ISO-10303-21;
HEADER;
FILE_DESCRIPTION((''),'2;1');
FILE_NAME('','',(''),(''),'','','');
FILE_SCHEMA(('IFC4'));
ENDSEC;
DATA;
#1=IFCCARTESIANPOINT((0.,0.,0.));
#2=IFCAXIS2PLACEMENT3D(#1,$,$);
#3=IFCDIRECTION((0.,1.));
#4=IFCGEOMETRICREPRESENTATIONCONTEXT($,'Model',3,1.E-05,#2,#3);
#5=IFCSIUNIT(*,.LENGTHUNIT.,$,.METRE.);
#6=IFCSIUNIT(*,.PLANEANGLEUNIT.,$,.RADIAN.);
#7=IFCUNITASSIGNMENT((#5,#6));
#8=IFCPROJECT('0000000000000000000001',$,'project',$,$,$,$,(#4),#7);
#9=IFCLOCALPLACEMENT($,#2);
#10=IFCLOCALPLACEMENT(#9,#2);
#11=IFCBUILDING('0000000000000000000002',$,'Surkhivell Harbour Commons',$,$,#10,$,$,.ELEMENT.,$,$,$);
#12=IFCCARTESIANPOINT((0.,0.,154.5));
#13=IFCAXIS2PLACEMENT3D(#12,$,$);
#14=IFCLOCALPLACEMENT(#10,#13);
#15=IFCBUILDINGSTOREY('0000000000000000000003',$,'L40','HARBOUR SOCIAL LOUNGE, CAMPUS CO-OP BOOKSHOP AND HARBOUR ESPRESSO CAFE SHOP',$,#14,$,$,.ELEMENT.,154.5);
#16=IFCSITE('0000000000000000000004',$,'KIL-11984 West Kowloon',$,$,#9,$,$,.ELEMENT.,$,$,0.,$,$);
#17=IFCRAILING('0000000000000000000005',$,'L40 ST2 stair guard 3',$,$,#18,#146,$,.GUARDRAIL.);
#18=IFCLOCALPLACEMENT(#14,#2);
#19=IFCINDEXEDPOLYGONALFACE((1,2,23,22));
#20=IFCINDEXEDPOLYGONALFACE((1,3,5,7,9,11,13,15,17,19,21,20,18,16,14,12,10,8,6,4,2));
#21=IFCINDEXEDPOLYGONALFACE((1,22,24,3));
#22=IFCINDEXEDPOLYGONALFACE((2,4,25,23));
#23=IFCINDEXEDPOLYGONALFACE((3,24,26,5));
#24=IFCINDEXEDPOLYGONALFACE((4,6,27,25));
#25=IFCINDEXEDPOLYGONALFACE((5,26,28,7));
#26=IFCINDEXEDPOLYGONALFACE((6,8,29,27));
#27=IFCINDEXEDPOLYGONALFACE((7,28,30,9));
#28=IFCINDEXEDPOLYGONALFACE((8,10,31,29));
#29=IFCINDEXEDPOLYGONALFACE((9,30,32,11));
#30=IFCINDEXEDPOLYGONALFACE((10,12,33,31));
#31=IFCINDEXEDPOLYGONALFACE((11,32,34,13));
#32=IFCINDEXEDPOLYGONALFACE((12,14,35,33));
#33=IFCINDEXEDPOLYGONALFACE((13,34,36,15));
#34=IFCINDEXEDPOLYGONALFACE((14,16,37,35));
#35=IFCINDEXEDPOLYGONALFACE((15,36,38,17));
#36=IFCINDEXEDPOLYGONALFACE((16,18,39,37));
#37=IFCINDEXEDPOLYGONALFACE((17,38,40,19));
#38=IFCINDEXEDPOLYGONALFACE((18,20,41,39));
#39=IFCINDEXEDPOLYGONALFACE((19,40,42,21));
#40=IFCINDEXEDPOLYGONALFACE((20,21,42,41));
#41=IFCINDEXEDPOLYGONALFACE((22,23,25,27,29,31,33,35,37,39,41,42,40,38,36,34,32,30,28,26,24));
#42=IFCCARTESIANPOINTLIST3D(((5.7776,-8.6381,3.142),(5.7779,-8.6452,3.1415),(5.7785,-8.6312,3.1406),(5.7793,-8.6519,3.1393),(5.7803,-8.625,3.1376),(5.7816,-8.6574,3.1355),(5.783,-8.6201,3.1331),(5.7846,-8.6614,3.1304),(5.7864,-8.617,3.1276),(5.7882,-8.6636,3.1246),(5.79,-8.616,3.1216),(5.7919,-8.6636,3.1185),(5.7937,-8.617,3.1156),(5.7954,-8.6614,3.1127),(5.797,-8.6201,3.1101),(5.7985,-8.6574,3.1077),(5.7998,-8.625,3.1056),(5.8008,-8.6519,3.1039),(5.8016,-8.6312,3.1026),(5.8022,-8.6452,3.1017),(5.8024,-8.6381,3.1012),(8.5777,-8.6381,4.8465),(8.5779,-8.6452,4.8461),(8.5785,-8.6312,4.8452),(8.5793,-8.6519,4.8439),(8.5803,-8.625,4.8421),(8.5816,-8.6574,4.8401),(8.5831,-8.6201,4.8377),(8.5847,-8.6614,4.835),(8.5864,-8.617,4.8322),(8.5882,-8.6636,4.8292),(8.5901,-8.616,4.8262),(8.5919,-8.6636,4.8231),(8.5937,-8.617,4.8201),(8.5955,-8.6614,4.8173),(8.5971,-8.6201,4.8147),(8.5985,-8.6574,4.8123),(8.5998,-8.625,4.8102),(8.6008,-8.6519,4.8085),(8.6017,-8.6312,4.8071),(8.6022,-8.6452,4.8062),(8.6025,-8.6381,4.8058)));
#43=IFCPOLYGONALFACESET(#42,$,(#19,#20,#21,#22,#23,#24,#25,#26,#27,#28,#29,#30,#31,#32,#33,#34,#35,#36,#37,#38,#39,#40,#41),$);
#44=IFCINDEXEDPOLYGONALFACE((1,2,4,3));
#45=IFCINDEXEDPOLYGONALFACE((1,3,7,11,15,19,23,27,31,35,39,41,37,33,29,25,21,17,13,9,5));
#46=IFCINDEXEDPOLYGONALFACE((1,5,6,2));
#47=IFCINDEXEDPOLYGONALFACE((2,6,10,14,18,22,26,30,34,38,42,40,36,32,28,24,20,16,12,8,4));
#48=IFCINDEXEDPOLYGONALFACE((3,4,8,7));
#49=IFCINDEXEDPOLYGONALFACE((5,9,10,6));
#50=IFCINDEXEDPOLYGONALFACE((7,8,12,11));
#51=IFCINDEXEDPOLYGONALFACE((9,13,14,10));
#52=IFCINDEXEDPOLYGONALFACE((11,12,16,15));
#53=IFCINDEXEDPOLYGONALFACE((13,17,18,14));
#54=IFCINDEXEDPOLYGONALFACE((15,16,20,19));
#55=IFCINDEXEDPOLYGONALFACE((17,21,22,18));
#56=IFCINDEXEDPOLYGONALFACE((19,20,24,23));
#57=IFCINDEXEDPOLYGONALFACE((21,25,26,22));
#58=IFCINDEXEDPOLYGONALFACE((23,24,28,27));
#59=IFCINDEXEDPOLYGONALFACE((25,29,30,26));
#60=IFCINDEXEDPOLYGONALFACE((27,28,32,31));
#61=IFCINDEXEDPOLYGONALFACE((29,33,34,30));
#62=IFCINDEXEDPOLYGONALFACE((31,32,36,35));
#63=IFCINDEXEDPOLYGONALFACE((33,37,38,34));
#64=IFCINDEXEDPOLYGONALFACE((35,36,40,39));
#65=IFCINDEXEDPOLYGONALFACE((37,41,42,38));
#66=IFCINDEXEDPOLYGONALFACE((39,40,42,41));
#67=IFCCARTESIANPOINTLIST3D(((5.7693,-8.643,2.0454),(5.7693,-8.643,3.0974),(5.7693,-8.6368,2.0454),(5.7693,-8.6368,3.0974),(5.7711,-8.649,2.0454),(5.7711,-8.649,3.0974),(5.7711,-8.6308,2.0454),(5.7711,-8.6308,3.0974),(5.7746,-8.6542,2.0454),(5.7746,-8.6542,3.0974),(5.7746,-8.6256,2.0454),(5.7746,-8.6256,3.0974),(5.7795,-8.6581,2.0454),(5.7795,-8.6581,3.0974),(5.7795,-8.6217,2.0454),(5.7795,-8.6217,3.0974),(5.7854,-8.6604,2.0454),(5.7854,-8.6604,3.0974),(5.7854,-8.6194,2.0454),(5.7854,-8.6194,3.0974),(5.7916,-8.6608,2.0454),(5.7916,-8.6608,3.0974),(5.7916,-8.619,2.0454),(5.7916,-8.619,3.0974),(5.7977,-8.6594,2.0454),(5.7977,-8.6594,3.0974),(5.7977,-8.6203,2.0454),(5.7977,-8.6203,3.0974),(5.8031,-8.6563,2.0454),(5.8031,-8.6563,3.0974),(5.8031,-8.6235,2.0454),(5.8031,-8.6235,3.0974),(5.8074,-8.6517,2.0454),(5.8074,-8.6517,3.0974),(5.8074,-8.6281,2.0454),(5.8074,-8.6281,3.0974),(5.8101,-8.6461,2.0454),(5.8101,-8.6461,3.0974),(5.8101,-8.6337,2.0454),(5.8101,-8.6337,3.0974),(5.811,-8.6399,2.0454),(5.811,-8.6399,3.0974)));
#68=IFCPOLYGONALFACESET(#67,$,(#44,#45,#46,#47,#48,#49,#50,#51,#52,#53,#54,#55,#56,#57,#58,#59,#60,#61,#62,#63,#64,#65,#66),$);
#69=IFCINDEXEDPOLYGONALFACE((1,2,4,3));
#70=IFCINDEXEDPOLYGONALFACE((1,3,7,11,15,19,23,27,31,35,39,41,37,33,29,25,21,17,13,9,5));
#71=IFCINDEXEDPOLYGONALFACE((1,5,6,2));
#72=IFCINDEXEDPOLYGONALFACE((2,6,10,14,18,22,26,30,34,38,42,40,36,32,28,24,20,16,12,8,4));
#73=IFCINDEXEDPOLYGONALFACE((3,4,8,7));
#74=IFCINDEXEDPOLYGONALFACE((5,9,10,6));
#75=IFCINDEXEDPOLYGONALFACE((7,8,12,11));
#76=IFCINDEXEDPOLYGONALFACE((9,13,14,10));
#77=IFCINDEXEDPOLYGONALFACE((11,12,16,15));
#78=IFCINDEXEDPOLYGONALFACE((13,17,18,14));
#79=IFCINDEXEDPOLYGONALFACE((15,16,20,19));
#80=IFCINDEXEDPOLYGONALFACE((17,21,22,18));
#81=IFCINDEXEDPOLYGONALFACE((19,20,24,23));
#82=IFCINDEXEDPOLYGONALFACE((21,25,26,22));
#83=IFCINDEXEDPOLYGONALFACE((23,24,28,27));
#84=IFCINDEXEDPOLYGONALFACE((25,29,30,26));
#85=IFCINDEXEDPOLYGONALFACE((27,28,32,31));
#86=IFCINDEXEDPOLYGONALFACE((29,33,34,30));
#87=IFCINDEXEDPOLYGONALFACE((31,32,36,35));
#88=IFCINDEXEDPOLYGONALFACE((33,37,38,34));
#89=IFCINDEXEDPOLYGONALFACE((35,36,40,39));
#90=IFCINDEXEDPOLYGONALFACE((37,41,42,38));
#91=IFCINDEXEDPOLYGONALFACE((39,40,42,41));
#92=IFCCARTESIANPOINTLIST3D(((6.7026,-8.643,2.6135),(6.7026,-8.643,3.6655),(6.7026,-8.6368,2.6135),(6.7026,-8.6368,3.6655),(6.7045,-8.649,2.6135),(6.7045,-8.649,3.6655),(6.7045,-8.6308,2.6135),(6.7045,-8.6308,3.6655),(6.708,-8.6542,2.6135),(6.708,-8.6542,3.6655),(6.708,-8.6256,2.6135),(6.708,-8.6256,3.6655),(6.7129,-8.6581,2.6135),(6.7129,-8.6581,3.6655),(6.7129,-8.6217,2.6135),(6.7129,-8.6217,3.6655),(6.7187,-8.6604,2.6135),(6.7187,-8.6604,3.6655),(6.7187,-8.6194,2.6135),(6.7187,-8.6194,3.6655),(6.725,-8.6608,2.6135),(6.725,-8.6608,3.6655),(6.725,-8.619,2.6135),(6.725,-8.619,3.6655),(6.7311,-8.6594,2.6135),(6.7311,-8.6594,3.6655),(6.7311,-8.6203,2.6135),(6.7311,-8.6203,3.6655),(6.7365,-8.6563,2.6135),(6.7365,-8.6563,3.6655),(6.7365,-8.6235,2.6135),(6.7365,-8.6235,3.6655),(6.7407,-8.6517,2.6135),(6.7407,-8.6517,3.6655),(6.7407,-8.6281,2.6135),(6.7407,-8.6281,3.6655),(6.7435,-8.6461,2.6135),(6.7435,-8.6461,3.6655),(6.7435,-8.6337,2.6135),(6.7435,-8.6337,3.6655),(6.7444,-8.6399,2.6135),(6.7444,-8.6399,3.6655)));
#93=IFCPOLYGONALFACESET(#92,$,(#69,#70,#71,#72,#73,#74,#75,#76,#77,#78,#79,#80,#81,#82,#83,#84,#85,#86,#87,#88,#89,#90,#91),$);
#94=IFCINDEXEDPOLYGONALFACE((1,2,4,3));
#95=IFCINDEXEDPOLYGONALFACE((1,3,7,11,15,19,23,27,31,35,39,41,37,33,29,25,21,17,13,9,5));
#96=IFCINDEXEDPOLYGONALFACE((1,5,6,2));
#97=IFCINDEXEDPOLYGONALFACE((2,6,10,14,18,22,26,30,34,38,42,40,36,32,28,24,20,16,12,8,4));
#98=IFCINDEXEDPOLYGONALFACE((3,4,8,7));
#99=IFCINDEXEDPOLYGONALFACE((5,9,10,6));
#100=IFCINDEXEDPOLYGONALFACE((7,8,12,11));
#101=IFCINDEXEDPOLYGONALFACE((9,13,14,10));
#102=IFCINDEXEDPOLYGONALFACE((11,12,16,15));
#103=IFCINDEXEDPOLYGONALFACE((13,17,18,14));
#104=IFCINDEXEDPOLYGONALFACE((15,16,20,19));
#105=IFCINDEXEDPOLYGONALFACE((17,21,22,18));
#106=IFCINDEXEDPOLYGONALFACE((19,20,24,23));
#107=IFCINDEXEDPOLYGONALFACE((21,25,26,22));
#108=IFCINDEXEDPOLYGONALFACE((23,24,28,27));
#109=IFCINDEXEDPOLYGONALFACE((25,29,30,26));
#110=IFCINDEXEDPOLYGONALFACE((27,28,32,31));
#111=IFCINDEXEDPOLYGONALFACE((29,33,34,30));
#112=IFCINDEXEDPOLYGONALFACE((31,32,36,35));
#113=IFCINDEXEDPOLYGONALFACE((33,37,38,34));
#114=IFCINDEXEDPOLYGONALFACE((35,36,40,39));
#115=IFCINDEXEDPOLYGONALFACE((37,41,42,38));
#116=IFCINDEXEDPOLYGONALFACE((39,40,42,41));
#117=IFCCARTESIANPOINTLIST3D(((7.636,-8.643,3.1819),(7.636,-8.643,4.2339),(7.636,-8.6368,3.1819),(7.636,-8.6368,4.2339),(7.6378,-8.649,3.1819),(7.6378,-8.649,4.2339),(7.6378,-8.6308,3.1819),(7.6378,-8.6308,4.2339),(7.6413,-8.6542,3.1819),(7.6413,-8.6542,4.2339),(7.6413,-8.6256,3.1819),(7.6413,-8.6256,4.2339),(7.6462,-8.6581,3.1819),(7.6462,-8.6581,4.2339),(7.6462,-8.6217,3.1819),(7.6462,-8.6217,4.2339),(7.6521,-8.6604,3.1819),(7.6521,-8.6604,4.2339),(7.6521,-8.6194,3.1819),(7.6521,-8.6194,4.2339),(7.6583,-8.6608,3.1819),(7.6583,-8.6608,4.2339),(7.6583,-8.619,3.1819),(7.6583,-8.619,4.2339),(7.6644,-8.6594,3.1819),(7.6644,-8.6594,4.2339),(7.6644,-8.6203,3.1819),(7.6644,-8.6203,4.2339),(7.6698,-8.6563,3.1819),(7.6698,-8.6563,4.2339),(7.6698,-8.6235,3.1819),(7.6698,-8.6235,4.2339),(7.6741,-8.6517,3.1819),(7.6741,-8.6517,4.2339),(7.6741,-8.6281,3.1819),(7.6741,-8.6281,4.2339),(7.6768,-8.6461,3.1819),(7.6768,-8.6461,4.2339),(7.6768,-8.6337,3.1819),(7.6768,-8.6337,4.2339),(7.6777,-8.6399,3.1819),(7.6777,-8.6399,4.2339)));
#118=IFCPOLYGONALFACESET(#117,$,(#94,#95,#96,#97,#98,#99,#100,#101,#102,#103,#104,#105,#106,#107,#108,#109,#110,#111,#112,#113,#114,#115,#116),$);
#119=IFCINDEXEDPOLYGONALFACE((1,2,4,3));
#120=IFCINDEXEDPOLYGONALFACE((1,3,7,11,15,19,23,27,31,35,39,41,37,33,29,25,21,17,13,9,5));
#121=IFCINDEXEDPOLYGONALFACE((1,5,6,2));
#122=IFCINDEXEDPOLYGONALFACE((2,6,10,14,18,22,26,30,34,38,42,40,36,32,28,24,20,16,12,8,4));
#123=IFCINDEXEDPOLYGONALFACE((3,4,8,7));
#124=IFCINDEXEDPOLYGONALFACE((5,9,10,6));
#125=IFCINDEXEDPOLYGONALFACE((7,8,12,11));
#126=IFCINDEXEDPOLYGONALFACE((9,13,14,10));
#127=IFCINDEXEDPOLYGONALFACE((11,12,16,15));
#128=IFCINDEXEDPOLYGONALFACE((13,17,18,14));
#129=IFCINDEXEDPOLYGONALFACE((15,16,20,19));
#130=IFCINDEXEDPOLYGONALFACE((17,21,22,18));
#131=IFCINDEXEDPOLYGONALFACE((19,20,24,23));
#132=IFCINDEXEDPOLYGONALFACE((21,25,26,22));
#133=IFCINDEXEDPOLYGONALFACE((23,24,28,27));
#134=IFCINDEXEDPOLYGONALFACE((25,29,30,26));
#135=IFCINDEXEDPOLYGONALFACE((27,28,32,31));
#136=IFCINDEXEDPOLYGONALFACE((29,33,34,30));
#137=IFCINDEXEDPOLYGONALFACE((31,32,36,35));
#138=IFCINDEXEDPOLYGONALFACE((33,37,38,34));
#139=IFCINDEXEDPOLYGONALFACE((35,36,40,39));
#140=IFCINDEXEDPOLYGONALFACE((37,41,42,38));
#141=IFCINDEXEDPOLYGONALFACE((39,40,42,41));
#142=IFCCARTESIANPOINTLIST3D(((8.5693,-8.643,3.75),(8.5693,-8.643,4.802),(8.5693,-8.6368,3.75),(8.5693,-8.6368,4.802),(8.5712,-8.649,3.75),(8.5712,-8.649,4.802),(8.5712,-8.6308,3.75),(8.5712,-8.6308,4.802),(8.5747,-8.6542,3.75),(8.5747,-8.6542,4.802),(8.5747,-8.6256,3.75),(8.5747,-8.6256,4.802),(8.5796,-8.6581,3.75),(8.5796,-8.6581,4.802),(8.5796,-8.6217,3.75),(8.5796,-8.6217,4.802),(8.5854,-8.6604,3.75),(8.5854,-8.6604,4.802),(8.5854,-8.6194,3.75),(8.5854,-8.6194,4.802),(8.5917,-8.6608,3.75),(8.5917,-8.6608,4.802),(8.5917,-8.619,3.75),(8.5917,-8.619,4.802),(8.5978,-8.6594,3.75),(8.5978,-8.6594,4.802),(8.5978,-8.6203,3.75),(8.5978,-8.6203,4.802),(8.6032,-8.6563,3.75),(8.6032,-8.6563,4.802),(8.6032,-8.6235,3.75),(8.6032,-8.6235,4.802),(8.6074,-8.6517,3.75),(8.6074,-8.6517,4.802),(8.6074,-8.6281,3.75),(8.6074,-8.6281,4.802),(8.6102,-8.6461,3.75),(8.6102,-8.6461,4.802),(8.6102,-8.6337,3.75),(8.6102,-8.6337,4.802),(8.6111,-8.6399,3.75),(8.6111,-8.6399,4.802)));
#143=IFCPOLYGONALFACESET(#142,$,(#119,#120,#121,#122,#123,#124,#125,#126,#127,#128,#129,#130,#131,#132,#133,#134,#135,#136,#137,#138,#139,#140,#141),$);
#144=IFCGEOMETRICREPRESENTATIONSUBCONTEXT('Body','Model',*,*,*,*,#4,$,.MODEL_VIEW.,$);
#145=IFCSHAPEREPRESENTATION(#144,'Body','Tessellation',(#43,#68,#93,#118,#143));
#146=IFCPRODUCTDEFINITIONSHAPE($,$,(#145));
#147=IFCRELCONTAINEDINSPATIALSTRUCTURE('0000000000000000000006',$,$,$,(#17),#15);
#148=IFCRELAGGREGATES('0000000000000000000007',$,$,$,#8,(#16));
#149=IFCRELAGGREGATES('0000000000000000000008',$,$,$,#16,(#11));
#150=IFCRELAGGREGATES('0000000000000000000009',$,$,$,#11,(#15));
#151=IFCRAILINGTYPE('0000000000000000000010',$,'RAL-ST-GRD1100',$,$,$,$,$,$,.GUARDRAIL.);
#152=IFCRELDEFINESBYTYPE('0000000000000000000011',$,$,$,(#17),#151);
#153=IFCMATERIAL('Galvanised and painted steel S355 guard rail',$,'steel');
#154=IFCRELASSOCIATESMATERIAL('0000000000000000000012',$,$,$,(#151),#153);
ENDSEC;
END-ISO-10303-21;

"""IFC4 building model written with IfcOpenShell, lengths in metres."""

from ifc_helpers import new_model, si_unit, direction, frame, origin, origin_2d, place, context, subcontext, project, spatial, circle, extrude, material, type_object, element, save


model = new_model("IFC4")

# Units and contexts
model_context = context("Model", 3, precision=1e-05, world=origin(), true_north=direction((0.0, 1.0)))
body_context = subcontext(model_context, "Body", "Model", "MODEL_VIEW")
ifc_project = project(units=[si_unit("LENGTHUNIT", "METRE"), si_unit("PLANEANGLEUNIT", "RADIAN")], contexts=[model_context])

# Site, building, storey
site_placement = place(None, origin())
site = spatial("IfcSite", under=ifc_project, at=site_placement, Name="KIL-11984 West Kowloon", CompositionType="ELEMENT", RefElevation=0.0)
building_placement = place(site_placement, origin())
building = spatial("IfcBuilding", under=site, at=building_placement, Name="Surkhivell Harbour Commons", CompositionType="ELEMENT")
storey_placement = place(building_placement, frame((0.0, 0.0, 154.5)))
storey = spatial("IfcBuildingStorey", under=building, at=storey_placement, Name="L40", Description="HARBOUR SOCIAL LOUNGE, CAMPUS CO-OP BOOKSHOP AND HARBOUR ESPRESSO CAFE SHOP", CompositionType="ELEMENT", Elevation=154.5)

# Railing
ifc_material_1 = material(Name="Galvanised and painted steel S355 guard rail", Category="steel")
railing_type_1 = type_object("IfcRailingType", Name="RAL-ST-GRD1100", PredefinedType="GUARDRAIL", material=ifc_material_1)
railing_1_placement = place(storey_placement, frame((5.79, -8.6399, 2.0454)))
element("IfcRailing", 1, at=railing_1_placement, inside=storey, type_object=railing_type_1, Name="L40 ST2 stair guard 3", PredefinedType="GUARDRAIL", context=body_context, shape_type="SweptSolid", body=[
    extrude(circle(Radius=0.0239, at=origin_2d()), frame((0.0, 0.0, 1.0762), z_axis=(0.85417, 0.0, 0.519994), x_axis=(0.0, 1.0, 0.0)), (0.0, 0.0, 1.0), 3.2781),
    extrude(circle(Radius=0.021, at=origin_2d()), origin(), (0.0, 0.0, 1.0), 1.052),
    extrude(circle(Radius=0.021, at=origin_2d()), frame((0.9333, 0.0, 0.5681)), (0.0, 0.0, 1.0), 1.052),
    extrude(circle(Radius=0.021, at=origin_2d()), frame((1.8667, 0.0, 1.1365)), (0.0, 0.0, 1.0), 1.052),
    extrude(circle(Radius=0.021, at=origin_2d()), frame((2.8, 0.0, 1.7046)), (0.0, 0.0, 1.0), 1.052),
])

save(model, "model.ifc")
